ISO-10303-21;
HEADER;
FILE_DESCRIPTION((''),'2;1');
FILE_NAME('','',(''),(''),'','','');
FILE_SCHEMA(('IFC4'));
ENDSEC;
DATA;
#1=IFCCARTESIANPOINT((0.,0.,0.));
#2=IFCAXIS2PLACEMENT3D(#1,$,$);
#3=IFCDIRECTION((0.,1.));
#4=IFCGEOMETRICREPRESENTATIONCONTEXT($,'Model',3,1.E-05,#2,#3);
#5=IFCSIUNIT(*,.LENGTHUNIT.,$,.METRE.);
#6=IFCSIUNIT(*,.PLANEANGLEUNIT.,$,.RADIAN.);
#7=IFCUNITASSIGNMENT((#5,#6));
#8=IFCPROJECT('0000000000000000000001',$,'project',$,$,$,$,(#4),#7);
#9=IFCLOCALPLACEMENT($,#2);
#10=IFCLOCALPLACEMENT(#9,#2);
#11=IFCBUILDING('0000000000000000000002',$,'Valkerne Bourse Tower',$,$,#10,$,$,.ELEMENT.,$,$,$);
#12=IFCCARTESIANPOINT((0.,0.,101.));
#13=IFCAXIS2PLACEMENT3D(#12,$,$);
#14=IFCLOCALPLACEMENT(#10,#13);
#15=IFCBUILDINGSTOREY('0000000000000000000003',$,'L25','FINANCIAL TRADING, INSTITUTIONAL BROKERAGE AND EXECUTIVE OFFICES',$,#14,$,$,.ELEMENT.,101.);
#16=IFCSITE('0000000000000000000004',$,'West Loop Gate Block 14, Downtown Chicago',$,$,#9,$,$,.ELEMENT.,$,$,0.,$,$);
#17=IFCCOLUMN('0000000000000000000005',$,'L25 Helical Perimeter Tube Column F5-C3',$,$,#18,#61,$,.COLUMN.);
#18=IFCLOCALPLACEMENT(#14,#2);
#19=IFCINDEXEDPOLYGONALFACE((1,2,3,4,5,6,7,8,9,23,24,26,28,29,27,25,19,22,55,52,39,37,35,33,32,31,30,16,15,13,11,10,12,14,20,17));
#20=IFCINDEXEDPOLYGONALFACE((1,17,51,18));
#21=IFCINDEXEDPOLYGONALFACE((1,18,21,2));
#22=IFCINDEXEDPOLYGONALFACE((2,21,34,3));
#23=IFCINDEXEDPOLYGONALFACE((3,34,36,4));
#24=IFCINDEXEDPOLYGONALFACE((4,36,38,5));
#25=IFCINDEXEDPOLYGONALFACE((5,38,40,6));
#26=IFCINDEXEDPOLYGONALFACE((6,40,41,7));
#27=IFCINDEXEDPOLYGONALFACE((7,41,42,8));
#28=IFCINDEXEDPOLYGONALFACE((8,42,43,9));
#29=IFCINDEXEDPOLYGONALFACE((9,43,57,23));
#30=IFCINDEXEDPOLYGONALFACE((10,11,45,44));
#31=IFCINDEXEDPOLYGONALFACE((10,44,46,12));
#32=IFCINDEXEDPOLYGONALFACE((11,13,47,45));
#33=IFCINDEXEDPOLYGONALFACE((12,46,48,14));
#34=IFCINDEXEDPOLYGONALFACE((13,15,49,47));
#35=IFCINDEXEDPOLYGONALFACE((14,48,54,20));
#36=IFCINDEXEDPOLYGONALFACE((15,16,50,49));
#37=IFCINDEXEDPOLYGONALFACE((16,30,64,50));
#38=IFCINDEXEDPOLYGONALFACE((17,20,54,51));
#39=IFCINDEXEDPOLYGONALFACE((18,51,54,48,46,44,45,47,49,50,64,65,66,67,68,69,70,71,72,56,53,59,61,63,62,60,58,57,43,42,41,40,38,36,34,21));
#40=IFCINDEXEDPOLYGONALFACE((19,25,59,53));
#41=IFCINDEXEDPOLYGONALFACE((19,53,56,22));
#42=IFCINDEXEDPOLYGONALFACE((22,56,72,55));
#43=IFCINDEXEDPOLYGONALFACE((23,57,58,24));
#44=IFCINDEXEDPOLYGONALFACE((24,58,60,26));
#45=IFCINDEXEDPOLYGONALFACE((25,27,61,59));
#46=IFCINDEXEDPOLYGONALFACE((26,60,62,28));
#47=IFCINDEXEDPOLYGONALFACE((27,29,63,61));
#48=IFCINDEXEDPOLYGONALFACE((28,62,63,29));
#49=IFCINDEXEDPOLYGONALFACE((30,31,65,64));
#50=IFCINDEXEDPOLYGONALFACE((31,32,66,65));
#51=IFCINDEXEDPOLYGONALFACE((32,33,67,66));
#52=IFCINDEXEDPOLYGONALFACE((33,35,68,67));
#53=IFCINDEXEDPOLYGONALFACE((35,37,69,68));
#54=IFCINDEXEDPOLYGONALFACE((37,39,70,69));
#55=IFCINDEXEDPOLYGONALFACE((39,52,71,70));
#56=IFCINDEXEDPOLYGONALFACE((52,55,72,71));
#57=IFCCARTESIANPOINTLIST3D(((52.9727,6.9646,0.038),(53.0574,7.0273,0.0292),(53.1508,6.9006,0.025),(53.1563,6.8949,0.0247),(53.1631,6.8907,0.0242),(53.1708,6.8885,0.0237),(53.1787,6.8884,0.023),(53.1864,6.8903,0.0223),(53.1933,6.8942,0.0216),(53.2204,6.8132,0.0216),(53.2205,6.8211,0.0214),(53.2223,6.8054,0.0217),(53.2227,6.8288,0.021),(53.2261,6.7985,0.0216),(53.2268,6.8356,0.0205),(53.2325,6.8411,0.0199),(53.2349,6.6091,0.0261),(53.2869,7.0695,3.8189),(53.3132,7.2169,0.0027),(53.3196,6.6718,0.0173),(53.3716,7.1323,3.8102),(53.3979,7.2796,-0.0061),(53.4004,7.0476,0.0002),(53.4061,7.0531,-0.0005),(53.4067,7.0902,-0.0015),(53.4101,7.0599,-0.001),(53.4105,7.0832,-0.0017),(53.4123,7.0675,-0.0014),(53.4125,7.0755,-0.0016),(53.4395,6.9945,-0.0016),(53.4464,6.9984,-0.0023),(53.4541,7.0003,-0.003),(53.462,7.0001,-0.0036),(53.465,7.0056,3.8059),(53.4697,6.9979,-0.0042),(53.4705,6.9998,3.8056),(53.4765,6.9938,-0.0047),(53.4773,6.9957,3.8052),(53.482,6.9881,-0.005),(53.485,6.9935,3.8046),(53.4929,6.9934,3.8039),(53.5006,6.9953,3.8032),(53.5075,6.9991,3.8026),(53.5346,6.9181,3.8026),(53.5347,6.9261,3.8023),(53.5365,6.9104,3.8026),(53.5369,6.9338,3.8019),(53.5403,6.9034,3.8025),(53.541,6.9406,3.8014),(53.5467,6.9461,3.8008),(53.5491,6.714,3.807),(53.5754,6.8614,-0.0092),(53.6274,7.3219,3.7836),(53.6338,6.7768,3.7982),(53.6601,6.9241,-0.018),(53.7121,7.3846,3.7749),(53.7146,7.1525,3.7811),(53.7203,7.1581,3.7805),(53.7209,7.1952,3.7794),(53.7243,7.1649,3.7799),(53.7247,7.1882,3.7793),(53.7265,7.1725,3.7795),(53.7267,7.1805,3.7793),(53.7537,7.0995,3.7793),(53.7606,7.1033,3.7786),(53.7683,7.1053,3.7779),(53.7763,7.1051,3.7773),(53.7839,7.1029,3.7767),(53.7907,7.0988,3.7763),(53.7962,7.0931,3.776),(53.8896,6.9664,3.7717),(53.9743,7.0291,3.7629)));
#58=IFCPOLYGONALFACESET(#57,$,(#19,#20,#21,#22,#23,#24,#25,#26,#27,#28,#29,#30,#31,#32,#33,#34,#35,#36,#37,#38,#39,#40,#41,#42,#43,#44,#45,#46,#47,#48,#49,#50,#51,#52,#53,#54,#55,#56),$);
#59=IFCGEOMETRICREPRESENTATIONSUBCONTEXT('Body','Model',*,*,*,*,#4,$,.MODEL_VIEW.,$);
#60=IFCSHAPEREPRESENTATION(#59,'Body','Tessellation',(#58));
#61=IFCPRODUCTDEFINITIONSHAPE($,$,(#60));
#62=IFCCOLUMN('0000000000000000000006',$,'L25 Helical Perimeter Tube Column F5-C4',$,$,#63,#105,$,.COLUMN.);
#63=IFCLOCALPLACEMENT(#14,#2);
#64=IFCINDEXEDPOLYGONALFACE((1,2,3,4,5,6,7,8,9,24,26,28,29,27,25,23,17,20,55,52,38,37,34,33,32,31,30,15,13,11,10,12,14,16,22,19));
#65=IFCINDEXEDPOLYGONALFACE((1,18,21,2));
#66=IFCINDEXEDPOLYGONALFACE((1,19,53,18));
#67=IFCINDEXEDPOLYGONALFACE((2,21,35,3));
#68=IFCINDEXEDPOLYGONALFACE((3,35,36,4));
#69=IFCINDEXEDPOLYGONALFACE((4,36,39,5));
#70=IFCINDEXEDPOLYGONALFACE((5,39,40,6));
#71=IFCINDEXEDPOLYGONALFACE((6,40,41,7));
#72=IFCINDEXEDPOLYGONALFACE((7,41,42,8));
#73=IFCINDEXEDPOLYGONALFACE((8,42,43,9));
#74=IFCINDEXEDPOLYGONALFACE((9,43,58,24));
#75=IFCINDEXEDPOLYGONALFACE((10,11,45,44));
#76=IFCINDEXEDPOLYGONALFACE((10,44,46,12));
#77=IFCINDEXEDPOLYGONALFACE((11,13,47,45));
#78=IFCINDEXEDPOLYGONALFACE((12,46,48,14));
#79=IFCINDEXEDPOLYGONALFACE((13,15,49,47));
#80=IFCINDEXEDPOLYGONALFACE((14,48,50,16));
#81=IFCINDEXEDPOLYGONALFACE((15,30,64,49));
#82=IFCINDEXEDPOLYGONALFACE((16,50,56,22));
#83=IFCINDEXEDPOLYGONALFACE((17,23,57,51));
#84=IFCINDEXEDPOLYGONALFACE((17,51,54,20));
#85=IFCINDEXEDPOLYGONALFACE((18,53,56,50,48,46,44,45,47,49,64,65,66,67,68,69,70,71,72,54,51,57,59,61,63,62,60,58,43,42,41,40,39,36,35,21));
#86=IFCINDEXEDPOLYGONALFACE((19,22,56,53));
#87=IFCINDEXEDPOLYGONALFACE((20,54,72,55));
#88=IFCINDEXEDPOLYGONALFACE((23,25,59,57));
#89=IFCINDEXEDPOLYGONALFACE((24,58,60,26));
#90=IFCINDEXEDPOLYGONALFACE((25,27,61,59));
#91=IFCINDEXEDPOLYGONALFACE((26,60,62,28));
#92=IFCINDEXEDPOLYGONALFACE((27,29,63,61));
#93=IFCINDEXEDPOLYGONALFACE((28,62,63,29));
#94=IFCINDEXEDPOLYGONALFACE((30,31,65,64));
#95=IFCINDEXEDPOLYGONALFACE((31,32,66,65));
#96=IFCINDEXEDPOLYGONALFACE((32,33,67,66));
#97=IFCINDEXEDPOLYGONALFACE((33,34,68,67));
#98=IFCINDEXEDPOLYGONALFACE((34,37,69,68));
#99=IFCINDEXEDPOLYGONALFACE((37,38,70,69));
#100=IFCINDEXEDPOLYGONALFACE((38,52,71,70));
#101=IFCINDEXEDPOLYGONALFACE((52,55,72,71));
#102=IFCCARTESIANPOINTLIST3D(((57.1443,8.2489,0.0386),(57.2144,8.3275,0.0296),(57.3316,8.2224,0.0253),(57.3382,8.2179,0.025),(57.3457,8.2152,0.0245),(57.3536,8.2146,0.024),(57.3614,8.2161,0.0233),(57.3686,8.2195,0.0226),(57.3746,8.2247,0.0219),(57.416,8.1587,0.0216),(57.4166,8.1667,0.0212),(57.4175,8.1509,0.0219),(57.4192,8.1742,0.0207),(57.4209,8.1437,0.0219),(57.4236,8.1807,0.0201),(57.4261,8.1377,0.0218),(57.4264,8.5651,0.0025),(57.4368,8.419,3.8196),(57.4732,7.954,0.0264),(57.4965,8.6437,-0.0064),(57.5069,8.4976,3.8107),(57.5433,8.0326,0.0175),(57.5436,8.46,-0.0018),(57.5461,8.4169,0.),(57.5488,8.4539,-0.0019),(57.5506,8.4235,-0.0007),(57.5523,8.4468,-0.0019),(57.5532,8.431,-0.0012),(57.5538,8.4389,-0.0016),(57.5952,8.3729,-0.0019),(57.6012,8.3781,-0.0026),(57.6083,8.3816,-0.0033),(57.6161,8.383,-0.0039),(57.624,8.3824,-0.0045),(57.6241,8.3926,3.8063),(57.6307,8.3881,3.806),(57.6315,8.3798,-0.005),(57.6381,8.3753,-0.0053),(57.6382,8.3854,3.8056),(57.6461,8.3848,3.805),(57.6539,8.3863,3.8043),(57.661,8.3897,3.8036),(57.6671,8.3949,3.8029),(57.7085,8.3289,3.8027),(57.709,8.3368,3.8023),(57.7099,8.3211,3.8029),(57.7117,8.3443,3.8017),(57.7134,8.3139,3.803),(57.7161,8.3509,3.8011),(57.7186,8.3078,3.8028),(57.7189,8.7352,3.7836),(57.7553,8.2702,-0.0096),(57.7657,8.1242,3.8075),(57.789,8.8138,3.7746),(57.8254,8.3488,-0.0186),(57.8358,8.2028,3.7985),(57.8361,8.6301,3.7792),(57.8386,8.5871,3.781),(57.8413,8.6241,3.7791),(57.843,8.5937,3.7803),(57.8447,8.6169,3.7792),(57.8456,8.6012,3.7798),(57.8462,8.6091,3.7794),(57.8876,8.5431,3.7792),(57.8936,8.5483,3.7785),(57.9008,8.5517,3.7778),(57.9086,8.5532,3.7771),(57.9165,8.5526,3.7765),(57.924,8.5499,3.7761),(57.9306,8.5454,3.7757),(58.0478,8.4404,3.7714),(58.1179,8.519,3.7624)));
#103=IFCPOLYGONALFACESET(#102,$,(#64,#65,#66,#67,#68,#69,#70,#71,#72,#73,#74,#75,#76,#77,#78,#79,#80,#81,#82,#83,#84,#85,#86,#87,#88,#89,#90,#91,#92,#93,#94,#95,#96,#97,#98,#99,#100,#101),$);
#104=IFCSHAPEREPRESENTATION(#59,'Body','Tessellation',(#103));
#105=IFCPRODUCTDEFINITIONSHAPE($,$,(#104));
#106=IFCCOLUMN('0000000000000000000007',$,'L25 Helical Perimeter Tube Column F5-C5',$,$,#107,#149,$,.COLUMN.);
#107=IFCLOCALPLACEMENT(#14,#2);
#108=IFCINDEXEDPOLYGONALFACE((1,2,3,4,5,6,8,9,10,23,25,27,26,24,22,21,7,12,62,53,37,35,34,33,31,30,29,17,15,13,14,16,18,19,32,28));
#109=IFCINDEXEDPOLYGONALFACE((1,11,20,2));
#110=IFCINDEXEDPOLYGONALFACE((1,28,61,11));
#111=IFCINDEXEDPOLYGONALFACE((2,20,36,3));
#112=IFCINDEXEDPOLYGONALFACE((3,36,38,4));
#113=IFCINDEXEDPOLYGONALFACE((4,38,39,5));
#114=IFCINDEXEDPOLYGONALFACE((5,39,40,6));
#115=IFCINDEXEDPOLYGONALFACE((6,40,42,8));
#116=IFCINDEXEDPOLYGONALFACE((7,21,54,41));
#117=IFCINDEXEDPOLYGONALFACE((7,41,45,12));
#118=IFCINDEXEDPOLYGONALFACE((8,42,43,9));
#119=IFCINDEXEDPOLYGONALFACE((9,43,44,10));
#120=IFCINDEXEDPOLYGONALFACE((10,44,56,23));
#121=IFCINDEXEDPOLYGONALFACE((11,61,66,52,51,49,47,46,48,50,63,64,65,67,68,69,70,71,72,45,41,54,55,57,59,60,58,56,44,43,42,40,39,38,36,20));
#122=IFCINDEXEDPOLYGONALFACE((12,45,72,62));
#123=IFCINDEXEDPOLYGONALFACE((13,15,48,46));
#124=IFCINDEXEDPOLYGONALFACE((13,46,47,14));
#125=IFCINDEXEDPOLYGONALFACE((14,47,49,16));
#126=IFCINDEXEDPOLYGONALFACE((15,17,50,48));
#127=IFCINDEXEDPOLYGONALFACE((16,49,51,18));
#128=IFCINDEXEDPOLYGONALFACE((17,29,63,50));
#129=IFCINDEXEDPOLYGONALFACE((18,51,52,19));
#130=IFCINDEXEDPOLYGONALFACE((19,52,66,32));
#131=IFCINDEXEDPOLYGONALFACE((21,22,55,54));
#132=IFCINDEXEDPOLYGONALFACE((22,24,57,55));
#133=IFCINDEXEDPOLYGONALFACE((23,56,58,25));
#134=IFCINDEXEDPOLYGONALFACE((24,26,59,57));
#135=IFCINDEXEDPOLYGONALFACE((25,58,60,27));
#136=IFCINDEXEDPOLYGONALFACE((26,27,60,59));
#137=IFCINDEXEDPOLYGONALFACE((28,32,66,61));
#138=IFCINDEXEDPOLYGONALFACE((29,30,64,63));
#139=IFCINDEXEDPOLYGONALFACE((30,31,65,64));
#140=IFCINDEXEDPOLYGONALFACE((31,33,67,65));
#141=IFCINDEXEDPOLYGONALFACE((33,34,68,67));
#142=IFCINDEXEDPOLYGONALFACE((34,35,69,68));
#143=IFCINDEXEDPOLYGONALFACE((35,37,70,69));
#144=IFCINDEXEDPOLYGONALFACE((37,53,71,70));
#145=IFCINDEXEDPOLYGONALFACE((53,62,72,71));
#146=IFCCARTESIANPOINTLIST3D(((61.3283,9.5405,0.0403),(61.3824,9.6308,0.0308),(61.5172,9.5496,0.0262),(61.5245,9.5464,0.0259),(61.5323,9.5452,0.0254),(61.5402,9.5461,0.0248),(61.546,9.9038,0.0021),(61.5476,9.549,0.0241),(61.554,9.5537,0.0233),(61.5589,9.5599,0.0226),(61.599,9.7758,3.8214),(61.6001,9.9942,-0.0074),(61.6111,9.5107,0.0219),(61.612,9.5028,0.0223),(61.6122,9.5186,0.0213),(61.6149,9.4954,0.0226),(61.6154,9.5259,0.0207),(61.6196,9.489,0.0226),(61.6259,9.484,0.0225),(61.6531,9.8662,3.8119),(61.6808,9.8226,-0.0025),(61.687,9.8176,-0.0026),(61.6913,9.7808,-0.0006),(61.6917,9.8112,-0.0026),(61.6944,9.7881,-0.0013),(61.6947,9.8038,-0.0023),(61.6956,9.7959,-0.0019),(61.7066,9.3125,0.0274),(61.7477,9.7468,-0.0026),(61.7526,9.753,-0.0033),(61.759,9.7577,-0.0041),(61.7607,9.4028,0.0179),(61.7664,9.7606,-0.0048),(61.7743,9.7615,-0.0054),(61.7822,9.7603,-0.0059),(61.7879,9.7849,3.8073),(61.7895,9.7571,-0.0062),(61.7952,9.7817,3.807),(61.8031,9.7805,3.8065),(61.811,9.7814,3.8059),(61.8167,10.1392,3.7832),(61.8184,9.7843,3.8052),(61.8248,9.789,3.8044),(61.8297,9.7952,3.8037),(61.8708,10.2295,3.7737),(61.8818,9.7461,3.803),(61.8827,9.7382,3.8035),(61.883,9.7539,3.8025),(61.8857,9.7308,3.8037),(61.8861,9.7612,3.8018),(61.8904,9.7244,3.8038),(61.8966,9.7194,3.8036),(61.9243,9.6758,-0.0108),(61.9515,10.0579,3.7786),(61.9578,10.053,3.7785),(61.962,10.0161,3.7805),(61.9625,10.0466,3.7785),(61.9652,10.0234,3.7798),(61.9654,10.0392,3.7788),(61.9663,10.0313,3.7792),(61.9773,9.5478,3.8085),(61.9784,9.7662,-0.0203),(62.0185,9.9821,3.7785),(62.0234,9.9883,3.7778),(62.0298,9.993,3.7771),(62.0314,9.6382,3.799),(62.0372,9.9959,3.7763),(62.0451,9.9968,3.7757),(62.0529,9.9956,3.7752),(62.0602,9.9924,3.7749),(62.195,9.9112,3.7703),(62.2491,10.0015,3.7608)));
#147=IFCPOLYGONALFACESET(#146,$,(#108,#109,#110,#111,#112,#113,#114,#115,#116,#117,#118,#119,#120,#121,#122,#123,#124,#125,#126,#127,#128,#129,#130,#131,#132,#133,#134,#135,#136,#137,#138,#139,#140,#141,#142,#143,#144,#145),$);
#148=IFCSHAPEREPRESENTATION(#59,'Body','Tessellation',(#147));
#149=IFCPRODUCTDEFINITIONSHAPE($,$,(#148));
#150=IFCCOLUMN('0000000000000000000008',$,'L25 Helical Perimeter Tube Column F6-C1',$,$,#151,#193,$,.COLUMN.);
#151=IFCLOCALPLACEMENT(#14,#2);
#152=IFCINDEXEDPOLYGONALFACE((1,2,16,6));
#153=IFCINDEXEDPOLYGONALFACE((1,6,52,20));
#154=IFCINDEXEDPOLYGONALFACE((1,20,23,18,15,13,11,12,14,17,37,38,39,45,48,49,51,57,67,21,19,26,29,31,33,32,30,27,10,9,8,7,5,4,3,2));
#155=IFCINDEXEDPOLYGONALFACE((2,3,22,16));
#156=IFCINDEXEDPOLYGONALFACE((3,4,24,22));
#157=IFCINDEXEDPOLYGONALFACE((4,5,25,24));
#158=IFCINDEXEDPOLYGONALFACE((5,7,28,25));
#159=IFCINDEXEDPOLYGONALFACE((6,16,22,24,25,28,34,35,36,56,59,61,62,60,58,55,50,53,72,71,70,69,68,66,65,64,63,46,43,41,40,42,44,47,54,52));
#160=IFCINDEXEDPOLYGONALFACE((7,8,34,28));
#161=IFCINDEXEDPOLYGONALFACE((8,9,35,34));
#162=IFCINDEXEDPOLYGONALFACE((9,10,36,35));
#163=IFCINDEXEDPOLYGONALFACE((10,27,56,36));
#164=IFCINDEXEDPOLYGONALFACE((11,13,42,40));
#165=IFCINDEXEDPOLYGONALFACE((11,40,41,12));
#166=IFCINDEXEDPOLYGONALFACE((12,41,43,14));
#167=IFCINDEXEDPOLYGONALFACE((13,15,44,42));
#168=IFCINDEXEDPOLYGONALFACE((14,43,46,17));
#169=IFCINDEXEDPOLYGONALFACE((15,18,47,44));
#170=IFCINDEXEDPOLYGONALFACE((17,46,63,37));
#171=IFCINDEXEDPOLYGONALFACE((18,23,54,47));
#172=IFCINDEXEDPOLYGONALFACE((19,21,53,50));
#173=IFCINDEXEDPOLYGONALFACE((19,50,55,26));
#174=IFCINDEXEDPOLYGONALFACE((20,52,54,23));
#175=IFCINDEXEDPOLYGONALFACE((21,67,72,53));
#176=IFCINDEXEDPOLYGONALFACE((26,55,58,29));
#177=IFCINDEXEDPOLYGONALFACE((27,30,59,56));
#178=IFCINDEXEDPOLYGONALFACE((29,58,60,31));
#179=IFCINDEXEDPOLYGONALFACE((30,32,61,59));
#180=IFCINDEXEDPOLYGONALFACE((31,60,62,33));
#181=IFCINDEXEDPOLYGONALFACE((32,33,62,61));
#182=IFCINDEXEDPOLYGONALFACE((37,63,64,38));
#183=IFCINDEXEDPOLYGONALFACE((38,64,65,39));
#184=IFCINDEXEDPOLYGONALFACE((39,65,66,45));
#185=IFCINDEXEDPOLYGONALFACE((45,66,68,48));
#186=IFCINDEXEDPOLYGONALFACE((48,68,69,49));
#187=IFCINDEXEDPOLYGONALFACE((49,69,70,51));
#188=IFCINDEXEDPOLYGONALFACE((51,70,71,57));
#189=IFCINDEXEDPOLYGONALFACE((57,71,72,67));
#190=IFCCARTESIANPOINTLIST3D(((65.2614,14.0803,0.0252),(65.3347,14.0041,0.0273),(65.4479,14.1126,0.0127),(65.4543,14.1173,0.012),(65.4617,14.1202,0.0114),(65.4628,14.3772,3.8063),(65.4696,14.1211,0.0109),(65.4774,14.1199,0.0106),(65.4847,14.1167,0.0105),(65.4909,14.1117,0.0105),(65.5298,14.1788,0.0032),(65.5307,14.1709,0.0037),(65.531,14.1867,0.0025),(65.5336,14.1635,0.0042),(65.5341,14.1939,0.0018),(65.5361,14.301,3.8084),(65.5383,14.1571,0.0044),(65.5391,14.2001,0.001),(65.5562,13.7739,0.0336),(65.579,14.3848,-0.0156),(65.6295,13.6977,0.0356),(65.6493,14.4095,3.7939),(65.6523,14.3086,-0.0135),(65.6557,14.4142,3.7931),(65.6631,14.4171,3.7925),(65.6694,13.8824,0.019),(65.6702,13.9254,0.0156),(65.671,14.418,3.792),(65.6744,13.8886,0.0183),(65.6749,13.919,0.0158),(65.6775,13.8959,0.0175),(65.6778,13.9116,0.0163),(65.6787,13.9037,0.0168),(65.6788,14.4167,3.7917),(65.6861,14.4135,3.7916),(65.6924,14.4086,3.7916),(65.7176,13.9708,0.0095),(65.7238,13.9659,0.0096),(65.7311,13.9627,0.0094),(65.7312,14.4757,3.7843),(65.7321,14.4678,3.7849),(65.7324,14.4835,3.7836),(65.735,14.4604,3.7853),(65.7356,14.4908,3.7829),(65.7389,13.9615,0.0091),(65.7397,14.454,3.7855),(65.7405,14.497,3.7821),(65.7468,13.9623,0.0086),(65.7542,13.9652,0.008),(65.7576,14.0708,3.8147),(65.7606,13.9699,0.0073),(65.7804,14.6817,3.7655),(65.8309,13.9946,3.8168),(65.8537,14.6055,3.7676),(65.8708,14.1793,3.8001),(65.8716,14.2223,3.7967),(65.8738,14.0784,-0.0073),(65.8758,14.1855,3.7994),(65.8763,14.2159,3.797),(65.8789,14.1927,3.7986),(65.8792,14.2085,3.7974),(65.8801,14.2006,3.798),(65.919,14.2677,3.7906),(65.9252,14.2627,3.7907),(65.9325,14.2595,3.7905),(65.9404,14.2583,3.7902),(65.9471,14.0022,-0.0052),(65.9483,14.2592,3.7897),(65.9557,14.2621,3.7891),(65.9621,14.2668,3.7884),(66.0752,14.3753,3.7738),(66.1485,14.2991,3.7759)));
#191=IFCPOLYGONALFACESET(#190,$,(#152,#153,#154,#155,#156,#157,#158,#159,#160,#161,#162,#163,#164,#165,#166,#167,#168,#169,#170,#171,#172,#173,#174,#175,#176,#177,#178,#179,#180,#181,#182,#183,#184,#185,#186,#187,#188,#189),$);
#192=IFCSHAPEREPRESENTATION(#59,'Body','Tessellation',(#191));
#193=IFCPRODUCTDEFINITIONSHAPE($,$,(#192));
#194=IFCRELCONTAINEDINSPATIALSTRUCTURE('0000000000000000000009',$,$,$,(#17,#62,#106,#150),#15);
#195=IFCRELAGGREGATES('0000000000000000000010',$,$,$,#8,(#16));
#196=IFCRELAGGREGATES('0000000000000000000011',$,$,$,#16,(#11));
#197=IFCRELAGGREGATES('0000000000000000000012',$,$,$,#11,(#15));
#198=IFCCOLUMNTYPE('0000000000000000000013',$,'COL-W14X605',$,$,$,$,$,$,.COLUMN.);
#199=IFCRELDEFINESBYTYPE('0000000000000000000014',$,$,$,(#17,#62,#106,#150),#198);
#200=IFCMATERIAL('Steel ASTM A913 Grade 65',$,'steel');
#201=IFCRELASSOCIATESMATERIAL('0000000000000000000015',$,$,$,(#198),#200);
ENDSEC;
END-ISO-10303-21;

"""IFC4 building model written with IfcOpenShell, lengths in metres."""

from ifc_helpers import new_model, si_unit, direction, frame, origin, origin_2d, place, context, subcontext, project, spatial, i_section, extrude, material, material_profile, profile_set, type_object, element, save


model = new_model("IFC4")

# Units and contexts
model_context = context("Model", 3, precision=1e-05, world=origin(), true_north=direction((0.0, 1.0)))
body_context = subcontext(model_context, "Body", "Model", "MODEL_VIEW")
ifc_project = project(units=[si_unit("LENGTHUNIT", "METRE"), si_unit("PLANEANGLEUNIT", "RADIAN")], contexts=[model_context])

# Site, building, storey
site_placement = place(None, origin())
site = spatial("IfcSite", under=ifc_project, at=site_placement, Name="West Loop Gate Block 14, Downtown Chicago", CompositionType="ELEMENT", RefElevation=0.0)
building_placement = place(site_placement, origin())
building = spatial("IfcBuilding", under=site, at=building_placement, Name="Valkerne Bourse Tower", CompositionType="ELEMENT")
storey_placement = place(building_placement, frame((0.0, 0.0, 101.0)))
storey = spatial("IfcBuildingStorey", under=building, at=storey_placement, Name="L25", Description="FINANCIAL TRADING, INSTITUTIONAL BROKERAGE AND EXECUTIVE OFFICES", CompositionType="ELEMENT", Elevation=101.0)

# Columns
ifc_material_1 = material(Name="Steel ASTM A913 Grade 65", Category="steel")
ifc_material_profile_1 = material_profile(ifc_material_1, i_section(OverallWidth=0.4419, OverallDepth=0.531, WebThickness=0.0659, FlangeThickness=0.1057, FilletRadius=0.0305, at=origin_2d()), Name="W14X605")
ifc_profile_set_1 = profile_set([ifc_material_profile_1], Name="Steel ASTM A913 Grade 65")
column_type = type_object("IfcColumnType", Name="COL-W14X605", PredefinedType="COLUMN", material=ifc_profile_set_1)
column_1_placement = place(storey_placement, frame((53.3164, 6.9443, 0.01), z_axis=(0.082785, 0.027659, 0.996184), x_axis=(-0.593354, 0.80449, 0.026972)))
element("IfcColumn", 1, at=column_1_placement, inside=storey, type_object=column_type, Name="L25 Helical Perimeter Tube Column F5-C3", PredefinedType="COLUMN", context=body_context, shape_type="SweptSolid", body=[
    extrude(i_section(OverallWidth=0.4419, OverallDepth=0.531, WebThickness=0.0659, FlangeThickness=0.1057, FilletRadius=0.0305, at=origin_2d()), origin(), (0.0, 0.0, 1.0), 3.7954),
])
column_2_placement = place(storey_placement, frame((57.4849, 8.2988, 0.01), z_axis=(0.077047, 0.044826, 0.996019), x_axis=(-0.744308, 0.667269, 0.027545)))
element("IfcColumn", 2, at=column_2_placement, inside=storey, type_object=column_type, Name="L25 Helical Perimeter Tube Column F5-C4", PredefinedType="COLUMN", context=body_context, shape_type="SweptSolid", body=[
    extrude(i_section(OverallWidth=0.4419, OverallDepth=0.531, WebThickness=0.0659, FlangeThickness=0.1057, FilletRadius=0.0305, at=origin_2d()), origin(), (0.0, 0.0, 1.0), 3.7961),
])
for number, where, z_axis, x_axis, name in (
    (3, (61.6533, 9.6533, 0.01), (0.071288, 0.061967, 0.995529), (-0.856114, 0.515962, 0.029189), "L25 Helical Perimeter Tube Column F5-C5"),
    (4, (65.6042, 14.0413, 0.01), (0.053032, 0.078166, 0.995529), (-0.718762, -0.68909, 0.092394), "L25 Helical Perimeter Tube Column F6-C1"),
):
    element("IfcColumn", number, at=place(storey_placement, frame(where, z_axis=z_axis, x_axis=x_axis)), inside=storey, type_object=column_type, Name=name, PredefinedType="COLUMN", context=body_context, shape_type="SweptSolid", body=[
        extrude(i_section(OverallWidth=0.4419, OverallDepth=0.531, WebThickness=0.0659, FlangeThickness=0.1057, FilletRadius=0.0305, at=origin_2d()), origin(), (0.0, 0.0, 1.0), 3.7981),
    ])

save(model, "model.ifc")
